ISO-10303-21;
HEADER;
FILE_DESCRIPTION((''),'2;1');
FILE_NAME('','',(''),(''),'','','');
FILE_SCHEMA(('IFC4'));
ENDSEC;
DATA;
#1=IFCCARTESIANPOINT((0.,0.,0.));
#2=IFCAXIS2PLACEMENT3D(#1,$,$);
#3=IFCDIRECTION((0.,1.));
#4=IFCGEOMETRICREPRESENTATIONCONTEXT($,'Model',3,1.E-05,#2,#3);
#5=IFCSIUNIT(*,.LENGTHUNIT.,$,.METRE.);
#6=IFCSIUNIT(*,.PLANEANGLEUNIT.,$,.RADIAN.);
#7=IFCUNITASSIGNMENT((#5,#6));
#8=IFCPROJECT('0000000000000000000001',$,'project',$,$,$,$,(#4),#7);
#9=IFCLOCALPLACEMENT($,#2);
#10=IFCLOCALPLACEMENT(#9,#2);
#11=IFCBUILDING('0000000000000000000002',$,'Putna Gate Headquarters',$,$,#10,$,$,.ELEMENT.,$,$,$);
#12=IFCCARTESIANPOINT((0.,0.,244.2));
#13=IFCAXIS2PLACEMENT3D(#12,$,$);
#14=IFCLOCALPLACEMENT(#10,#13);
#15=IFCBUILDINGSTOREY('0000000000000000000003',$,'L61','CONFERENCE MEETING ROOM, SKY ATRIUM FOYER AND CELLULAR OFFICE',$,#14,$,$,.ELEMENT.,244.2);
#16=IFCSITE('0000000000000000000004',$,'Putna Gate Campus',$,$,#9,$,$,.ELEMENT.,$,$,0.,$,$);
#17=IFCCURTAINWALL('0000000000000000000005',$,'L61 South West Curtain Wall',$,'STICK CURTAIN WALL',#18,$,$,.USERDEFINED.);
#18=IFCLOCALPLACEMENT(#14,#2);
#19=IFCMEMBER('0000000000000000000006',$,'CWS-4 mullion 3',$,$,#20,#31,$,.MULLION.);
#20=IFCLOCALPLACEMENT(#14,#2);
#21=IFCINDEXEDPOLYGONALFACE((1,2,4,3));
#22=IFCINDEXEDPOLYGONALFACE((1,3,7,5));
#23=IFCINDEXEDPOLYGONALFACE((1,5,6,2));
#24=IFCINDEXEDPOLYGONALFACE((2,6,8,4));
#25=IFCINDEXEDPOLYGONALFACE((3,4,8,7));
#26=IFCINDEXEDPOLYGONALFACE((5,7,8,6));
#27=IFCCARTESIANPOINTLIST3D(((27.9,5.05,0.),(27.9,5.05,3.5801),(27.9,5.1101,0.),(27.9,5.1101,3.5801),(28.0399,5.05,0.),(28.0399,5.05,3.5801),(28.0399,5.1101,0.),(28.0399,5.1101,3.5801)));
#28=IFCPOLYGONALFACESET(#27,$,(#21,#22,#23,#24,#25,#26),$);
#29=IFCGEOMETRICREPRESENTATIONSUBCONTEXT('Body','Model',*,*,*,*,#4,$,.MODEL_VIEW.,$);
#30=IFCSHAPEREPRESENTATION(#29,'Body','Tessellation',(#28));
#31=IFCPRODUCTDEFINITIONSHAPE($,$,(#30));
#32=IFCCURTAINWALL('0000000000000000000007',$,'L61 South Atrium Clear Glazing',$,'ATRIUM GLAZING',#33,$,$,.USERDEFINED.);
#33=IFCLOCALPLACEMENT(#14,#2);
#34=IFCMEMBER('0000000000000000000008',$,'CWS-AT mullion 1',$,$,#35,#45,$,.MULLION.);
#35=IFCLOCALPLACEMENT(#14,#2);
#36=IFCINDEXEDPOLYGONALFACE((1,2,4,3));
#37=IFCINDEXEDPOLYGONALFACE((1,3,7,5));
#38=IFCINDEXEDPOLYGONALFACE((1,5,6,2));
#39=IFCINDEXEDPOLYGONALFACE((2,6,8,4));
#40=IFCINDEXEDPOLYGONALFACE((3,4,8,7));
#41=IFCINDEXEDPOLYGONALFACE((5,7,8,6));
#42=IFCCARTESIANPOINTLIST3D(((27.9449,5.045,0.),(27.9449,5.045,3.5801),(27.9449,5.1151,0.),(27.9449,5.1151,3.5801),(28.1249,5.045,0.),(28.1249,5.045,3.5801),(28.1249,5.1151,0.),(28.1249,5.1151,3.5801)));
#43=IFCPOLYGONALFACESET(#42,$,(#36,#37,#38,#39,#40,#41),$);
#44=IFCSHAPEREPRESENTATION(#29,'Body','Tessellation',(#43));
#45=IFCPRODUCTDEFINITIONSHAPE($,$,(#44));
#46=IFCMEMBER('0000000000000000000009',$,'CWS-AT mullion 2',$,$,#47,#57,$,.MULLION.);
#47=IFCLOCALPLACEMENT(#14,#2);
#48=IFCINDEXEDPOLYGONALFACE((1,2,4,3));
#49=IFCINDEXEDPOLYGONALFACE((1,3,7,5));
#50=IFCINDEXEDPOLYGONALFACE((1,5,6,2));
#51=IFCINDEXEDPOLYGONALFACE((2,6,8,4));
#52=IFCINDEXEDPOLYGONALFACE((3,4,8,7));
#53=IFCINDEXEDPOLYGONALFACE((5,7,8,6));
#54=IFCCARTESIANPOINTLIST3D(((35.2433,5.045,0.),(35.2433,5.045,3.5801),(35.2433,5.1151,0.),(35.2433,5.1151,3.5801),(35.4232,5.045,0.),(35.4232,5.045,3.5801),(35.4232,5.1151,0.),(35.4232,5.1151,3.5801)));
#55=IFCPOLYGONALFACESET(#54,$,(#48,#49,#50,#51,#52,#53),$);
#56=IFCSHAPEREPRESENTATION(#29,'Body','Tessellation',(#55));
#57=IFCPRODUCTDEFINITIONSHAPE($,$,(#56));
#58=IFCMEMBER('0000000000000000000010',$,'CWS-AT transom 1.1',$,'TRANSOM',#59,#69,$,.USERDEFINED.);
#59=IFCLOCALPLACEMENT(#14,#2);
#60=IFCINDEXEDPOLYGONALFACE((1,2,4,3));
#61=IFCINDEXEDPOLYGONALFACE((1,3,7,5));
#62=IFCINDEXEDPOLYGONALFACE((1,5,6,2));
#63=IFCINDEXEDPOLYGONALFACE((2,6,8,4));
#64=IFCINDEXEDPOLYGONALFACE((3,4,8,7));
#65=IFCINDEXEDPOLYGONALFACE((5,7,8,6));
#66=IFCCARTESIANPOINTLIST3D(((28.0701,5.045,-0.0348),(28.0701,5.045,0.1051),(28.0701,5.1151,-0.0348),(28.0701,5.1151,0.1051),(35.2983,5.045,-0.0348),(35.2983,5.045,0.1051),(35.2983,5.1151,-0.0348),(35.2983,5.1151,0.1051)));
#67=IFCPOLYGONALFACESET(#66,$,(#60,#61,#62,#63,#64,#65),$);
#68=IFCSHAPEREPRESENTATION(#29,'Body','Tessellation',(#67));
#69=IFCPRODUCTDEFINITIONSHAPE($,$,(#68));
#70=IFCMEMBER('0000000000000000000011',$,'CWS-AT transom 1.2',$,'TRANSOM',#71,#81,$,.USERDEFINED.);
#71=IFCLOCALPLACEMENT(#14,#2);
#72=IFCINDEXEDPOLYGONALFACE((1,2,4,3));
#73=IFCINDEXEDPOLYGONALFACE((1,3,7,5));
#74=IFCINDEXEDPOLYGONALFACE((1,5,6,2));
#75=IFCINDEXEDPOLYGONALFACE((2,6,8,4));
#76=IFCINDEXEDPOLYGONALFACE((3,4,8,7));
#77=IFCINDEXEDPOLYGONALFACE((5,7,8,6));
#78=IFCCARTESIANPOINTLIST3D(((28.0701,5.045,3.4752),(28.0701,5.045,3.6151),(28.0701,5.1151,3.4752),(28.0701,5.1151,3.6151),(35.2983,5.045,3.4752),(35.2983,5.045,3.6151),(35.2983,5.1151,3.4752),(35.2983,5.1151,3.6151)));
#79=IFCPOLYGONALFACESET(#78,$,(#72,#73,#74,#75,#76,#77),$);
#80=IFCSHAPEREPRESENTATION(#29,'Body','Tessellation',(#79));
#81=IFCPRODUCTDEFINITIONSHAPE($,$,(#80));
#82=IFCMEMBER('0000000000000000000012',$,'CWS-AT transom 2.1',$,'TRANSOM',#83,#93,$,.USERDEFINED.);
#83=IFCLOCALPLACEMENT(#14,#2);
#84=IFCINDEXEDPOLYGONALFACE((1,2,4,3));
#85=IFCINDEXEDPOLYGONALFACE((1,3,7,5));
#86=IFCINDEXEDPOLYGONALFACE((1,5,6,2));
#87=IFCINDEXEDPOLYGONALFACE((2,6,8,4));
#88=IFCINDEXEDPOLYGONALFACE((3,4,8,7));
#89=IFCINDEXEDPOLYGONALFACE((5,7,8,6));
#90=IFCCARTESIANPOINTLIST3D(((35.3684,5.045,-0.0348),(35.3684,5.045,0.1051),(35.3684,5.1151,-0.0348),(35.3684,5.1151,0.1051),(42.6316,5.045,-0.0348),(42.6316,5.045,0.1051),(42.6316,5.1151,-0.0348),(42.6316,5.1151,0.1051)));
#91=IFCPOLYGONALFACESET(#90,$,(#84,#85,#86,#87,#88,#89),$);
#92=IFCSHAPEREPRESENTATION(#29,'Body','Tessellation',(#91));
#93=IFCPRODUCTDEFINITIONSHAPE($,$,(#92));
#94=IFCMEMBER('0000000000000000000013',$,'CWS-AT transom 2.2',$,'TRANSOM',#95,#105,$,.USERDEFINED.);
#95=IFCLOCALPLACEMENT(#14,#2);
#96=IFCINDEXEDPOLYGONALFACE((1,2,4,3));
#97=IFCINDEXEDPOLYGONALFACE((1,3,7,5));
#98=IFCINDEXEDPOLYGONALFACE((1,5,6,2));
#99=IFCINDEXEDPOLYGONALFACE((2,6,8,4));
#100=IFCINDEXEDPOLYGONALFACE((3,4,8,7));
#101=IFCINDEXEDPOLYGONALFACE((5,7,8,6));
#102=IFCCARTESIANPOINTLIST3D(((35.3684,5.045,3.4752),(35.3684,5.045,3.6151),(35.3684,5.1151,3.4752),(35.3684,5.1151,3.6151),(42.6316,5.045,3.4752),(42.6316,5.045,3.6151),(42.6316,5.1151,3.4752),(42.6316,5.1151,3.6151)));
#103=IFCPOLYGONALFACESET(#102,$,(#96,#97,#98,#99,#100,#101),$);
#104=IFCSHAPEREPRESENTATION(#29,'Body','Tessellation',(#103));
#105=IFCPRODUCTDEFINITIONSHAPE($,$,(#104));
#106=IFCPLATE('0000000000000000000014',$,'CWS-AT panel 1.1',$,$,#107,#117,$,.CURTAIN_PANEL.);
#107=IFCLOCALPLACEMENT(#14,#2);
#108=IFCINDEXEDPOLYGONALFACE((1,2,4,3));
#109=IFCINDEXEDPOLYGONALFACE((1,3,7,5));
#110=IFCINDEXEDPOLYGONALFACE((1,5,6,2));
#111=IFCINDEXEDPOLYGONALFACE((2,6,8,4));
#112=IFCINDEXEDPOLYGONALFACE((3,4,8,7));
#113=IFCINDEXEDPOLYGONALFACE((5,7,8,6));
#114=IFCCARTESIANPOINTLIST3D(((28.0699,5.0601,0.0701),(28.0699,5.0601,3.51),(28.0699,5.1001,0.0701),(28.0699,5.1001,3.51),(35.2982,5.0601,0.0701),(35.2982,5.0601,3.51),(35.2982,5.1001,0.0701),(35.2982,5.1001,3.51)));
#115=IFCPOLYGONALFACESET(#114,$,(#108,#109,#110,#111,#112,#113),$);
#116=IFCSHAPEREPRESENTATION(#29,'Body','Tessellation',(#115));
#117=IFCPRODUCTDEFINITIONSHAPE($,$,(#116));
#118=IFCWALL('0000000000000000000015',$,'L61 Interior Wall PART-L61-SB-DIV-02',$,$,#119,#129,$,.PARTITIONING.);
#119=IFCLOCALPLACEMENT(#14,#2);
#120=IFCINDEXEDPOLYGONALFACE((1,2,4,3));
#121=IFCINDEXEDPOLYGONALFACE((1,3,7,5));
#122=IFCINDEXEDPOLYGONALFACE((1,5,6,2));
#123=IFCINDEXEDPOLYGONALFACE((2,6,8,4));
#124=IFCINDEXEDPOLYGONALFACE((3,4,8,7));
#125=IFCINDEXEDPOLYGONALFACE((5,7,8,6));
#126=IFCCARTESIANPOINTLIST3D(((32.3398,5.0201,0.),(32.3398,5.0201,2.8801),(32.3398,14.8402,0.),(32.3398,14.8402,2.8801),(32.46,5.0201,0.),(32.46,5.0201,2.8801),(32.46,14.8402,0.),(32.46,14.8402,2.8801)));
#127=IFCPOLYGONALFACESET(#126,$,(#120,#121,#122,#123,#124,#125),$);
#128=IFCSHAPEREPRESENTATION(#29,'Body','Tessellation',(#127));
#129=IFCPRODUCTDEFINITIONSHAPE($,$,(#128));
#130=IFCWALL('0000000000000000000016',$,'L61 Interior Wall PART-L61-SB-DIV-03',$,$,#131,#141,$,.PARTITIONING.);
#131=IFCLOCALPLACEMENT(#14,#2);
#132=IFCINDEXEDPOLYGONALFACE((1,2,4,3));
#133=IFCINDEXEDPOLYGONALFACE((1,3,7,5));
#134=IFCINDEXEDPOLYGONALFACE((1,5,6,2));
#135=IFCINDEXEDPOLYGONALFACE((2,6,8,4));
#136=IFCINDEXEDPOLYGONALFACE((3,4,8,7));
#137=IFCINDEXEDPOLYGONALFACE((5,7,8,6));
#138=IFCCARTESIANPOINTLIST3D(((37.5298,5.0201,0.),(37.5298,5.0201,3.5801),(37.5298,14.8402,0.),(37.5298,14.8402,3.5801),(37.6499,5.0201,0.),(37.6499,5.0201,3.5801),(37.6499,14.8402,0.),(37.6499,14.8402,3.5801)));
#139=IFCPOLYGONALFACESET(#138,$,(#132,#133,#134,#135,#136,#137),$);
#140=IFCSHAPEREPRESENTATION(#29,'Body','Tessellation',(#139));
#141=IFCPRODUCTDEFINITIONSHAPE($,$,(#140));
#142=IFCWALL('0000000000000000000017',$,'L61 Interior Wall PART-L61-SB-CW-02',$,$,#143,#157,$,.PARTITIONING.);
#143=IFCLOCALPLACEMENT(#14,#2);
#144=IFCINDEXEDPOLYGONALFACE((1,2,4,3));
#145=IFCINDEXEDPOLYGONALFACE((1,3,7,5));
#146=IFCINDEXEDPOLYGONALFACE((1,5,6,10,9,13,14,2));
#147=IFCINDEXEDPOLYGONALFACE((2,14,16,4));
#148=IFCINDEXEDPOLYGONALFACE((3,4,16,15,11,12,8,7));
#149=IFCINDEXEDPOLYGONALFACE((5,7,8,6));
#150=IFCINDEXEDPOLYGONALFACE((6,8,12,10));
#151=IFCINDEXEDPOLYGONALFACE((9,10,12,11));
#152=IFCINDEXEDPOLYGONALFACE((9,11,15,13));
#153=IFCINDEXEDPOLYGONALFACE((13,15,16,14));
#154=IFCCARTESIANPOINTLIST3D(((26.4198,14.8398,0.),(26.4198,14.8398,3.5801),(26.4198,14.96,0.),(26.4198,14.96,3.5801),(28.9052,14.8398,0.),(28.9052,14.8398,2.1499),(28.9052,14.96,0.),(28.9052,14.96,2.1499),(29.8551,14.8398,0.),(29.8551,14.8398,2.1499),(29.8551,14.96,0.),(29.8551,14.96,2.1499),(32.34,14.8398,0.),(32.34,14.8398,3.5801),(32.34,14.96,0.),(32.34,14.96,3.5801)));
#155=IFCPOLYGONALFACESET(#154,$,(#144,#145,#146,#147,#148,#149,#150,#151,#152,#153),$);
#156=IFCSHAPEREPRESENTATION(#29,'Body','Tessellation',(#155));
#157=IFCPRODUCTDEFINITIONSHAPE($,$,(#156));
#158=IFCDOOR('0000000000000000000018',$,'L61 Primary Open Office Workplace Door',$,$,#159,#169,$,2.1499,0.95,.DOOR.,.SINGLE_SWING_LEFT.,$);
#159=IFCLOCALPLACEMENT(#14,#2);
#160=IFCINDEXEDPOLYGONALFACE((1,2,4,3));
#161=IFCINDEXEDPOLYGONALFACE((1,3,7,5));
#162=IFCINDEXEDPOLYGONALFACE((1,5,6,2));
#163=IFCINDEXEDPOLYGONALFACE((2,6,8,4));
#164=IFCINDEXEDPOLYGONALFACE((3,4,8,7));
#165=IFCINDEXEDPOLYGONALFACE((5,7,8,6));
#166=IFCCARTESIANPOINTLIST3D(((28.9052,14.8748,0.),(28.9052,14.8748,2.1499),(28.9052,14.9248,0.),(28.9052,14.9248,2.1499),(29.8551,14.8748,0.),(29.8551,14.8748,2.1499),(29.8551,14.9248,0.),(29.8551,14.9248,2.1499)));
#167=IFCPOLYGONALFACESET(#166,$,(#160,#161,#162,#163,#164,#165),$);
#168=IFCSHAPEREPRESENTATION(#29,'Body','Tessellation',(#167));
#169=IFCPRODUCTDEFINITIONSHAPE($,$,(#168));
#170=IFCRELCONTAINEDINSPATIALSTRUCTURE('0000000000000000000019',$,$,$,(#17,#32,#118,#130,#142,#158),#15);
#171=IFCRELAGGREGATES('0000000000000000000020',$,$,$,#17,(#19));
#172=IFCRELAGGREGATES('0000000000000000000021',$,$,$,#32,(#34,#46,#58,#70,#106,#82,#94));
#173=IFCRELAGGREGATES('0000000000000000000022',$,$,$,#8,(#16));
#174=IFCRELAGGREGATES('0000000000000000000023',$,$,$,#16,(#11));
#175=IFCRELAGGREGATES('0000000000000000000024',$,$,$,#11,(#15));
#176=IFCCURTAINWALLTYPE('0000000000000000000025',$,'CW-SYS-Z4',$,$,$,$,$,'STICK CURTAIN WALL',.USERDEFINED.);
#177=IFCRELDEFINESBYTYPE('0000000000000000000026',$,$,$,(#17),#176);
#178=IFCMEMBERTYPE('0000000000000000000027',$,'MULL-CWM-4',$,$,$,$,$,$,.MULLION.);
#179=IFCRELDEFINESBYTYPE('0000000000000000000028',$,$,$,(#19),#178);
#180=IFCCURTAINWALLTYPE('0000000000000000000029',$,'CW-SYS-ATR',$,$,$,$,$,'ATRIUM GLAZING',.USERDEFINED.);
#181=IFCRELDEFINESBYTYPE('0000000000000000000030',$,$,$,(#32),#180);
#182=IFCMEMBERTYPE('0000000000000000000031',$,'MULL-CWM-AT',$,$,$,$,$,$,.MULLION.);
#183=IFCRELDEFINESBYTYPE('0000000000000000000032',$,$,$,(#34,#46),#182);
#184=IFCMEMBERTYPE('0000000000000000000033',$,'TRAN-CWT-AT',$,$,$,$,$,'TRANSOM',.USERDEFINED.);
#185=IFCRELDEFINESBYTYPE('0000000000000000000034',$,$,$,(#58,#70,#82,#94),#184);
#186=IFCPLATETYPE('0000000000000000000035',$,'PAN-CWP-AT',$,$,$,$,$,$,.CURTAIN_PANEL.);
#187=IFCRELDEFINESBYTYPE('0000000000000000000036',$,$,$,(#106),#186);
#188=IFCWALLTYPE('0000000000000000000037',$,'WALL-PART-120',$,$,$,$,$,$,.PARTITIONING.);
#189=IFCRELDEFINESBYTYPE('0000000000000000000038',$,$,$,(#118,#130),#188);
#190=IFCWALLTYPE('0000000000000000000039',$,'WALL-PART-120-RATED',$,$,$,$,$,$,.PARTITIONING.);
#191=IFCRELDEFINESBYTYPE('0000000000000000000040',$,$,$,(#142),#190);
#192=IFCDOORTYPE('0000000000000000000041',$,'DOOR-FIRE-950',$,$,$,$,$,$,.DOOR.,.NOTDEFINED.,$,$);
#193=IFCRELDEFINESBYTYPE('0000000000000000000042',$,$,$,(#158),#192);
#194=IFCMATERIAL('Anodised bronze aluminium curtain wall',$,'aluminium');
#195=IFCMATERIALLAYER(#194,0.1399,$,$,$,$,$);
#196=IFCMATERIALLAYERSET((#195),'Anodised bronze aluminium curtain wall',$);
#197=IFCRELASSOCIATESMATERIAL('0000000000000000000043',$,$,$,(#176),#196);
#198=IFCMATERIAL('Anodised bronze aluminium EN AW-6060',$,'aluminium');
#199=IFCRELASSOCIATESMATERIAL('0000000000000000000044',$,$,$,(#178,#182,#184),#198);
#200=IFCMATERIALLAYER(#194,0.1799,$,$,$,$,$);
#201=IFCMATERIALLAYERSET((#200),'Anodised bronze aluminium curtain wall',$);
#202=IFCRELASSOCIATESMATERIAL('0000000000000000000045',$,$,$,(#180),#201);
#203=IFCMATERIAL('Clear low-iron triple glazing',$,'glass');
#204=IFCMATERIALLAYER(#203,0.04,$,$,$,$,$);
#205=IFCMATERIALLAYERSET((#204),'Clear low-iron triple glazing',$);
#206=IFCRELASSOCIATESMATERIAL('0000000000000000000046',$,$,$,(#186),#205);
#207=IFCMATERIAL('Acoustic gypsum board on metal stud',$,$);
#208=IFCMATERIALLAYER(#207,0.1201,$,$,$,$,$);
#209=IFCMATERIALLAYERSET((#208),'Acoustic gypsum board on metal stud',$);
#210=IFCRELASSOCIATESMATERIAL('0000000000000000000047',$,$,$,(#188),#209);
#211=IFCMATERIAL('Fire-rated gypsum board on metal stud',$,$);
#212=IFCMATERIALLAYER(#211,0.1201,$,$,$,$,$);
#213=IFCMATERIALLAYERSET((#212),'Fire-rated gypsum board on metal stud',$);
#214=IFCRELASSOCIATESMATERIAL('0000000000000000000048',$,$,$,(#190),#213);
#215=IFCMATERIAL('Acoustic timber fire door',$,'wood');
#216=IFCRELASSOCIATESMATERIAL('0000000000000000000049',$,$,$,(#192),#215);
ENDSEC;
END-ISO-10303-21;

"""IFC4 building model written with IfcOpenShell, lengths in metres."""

from ifc_helpers import new_model, si_unit, direction, frame, frame_2d, origin, origin_2d, place, context, subcontext, project, spatial, rectangle, extrude, material, layer, layer_set, material_profile, profile_set, type_object, element, fill, aggregate, save


model = new_model("IFC4")

# Units and contexts
model_context = context("Model", 3, precision=1e-05, world=origin(), true_north=direction((0.0, 1.0)))
body_context = subcontext(model_context, "Body", "Model", "MODEL_VIEW")
ifc_project = project(units=[si_unit("LENGTHUNIT", "METRE"), si_unit("PLANEANGLEUNIT", "RADIAN")], contexts=[model_context])

# Site, building, storey
site_placement = place(None, origin())
site = spatial("IfcSite", under=ifc_project, at=site_placement, Name="Putna Gate Campus", CompositionType="ELEMENT", RefElevation=0.0)
building_placement = place(site_placement, origin())
building = spatial("IfcBuilding", under=site, at=building_placement, Name="Putna Gate Headquarters", CompositionType="ELEMENT")
storey_placement = place(building_placement, frame((0.0, 0.0, 244.2)))
storey = spatial("IfcBuildingStorey", under=building, at=storey_placement, Name="L61", Description="CONFERENCE MEETING ROOM, SKY ATRIUM FOYER AND CELLULAR OFFICE", CompositionType="ELEMENT", Elevation=244.2)

# Curtain wall, member
ifc_material_1 = material(Name="Anodised bronze aluminium curtain wall", Category="aluminium")
ifc_layer_1 = layer(ifc_material_1, 0.1399)
ifc_layer_set_1 = layer_set([ifc_layer_1], Name="Anodised bronze aluminium curtain wall")
curtain_wall_type_1 = type_object("IfcCurtainWallType", Name="CW-SYS-Z4", ElementType="STICK CURTAIN WALL", PredefinedType="USERDEFINED", material=ifc_layer_set_1)
curtain_wall_1_placement = place(storey_placement, origin())
curtain_wall_1 = element("IfcCurtainWall", 1, at=curtain_wall_1_placement, inside=storey, type_object=curtain_wall_type_1, Name="L61 South West Curtain Wall", ObjectType="STICK CURTAIN WALL", PredefinedType="USERDEFINED")
ifc_material_2 = material(Name="Anodised bronze aluminium EN AW-6060", Category="aluminium")
ifc_material_profile_1 = material_profile(ifc_material_2, rectangle(XDim=0.0601, YDim=0.1399, at=origin_2d()), Name="Anodised bronze aluminium EN AW-6060")
ifc_profile_set_1 = profile_set([ifc_material_profile_1], Name="Anodised bronze aluminium EN AW-6060")
member_type_1 = type_object("IfcMemberType", Name="MULL-CWM-4", PredefinedType="MULLION", material=ifc_profile_set_1)
member_1_placement = place(storey_placement, frame((27.97, 5.0801, 0.0), z_axis=(0.0, 0.0, 1.0), x_axis=(0.0, 1.0, 0.0)))
member_1 = element("IfcMember", 2, at=member_1_placement, type_object=member_type_1, Name="CWS-4 mullion 3", PredefinedType="MULLION", context=body_context, shape_type="SweptSolid", body=[
    extrude(rectangle(XDim=0.0601, YDim=0.1399, at=origin_2d()), origin(), (0.0, 0.0, 1.0), 3.5801),
])
aggregate(curtain_wall_1, [member_1])

# Curtain wall, members, plate
ifc_layer_2 = layer(ifc_material_1, 0.1799)
ifc_layer_set_2 = layer_set([ifc_layer_2], Name="Anodised bronze aluminium curtain wall")
curtain_wall_type_2 = type_object("IfcCurtainWallType", Name="CW-SYS-ATR", ElementType="ATRIUM GLAZING", PredefinedType="USERDEFINED", material=ifc_layer_set_2)
curtain_wall_2_placement = place(storey_placement, origin())
curtain_wall_2 = element("IfcCurtainWall", 3, at=curtain_wall_2_placement, inside=storey, type_object=curtain_wall_type_2, Name="L61 South Atrium Clear Glazing", ObjectType="ATRIUM GLAZING", PredefinedType="USERDEFINED")
ifc_material_profile_2 = material_profile(ifc_material_2, rectangle(XDim=0.0701, YDim=0.1799, at=origin_2d()), Name="Anodised bronze aluminium EN AW-6060")
ifc_profile_set_2 = profile_set([ifc_material_profile_2], Name="Anodised bronze aluminium EN AW-6060")
member_type_2 = type_object("IfcMemberType", Name="MULL-CWM-AT", PredefinedType="MULLION", material=ifc_profile_set_2)
member_2_placement = place(storey_placement, frame((28.0349, 5.0801, 0.0), z_axis=(0.0, 0.0, 1.0), x_axis=(0.0, 1.0, 0.0)))
member_2 = element("IfcMember", 4, at=member_2_placement, type_object=member_type_2, Name="CWS-AT mullion 1", PredefinedType="MULLION", context=body_context, shape_type="SweptSolid", body=[
    extrude(rectangle(XDim=0.0701, YDim=0.1799, at=origin_2d()), origin(), (0.0, 0.0, 1.0), 3.5801),
])
member_3_placement = place(storey_placement, frame((35.3333, 5.0801, 0.0), z_axis=(0.0, 0.0, 1.0), x_axis=(0.0, 1.0, 0.0)))
member_3 = element("IfcMember", 5, at=member_3_placement, type_object=member_type_2, Name="CWS-AT mullion 2", PredefinedType="MULLION", context=body_context, shape_type="SweptSolid", body=[
    extrude(rectangle(XDim=0.0701, YDim=0.1799, at=origin_2d()), origin(), (0.0, 0.0, 1.0), 3.5801),
])
ifc_material_profile_3 = material_profile(ifc_material_2, rectangle(XDim=0.0701, YDim=0.1399, at=origin_2d()), Name="Anodised bronze aluminium EN AW-6060")
ifc_profile_set_3 = profile_set([ifc_material_profile_3], Name="Anodised bronze aluminium EN AW-6060")
member_type_3 = type_object("IfcMemberType", Name="TRAN-CWT-AT", ElementType="TRANSOM", PredefinedType="USERDEFINED", material=ifc_profile_set_3)
member_4_placement = place(storey_placement, frame((28.0701, 5.0801, 0.0352), z_axis=(1.0, 0.0, 0.0), x_axis=(0.0, 1.0, 0.0)))
member_4 = element("IfcMember", 6, at=member_4_placement, type_object=member_type_3, Name="CWS-AT transom 1.1", ObjectType="TRANSOM", PredefinedType="USERDEFINED", context=body_context, shape_type="SweptSolid", body=[
    extrude(rectangle(XDim=0.0701, YDim=0.1399, at=origin_2d()), origin(), (0.0, 0.0, 1.0), 7.2283),
])
member_5_placement = place(storey_placement, frame((28.0701, 5.0801, 3.5452), z_axis=(1.0, 0.0, 0.0), x_axis=(0.0, 1.0, 0.0)))
member_5 = element("IfcMember", 7, at=member_5_placement, type_object=member_type_3, Name="CWS-AT transom 1.2", ObjectType="TRANSOM", PredefinedType="USERDEFINED", context=body_context, shape_type="SweptSolid", body=[
    extrude(rectangle(XDim=0.0701, YDim=0.1399, at=origin_2d()), origin(), (0.0, 0.0, 1.0), 7.2283),
])
member_6_placement = place(storey_placement, frame((35.3684, 5.0801, 0.0352), z_axis=(1.0, 0.0, 0.0), x_axis=(0.0, 1.0, 0.0)))
member_6 = element("IfcMember", 8, at=member_6_placement, type_object=member_type_3, Name="CWS-AT transom 2.1", ObjectType="TRANSOM", PredefinedType="USERDEFINED", context=body_context, shape_type="SweptSolid", body=[
    extrude(rectangle(XDim=0.0701, YDim=0.1399, at=origin_2d()), origin(), (0.0, 0.0, 1.0), 7.2632),
])
member_7_placement = place(storey_placement, frame((35.3684, 5.0801, 3.5452), z_axis=(1.0, 0.0, 0.0), x_axis=(0.0, 1.0, 0.0)))
member_7 = element("IfcMember", 9, at=member_7_placement, type_object=member_type_3, Name="CWS-AT transom 2.2", ObjectType="TRANSOM", PredefinedType="USERDEFINED", context=body_context, shape_type="SweptSolid", body=[
    extrude(rectangle(XDim=0.0701, YDim=0.1399, at=origin_2d()), origin(), (0.0, 0.0, 1.0), 7.2632),
])
ifc_material_3 = material(Name="Clear low-iron triple glazing", Category="glass")
ifc_layer_3 = layer(ifc_material_3, 0.04)
ifc_layer_set_3 = layer_set([ifc_layer_3], Name="Clear low-iron triple glazing")
plate_type = type_object("IfcPlateType", Name="PAN-CWP-AT", PredefinedType="CURTAIN_PANEL", material=ifc_layer_set_3)
plate_placement = place(storey_placement, frame((31.6841, 5.0801, 0.0701), z_axis=(0.0, 0.0, 1.0), x_axis=(1.0, 0.0, 0.0)))
plate = element("IfcPlate", 10, at=plate_placement, type_object=plate_type, Name="CWS-AT panel 1.1", PredefinedType="CURTAIN_PANEL", context=body_context, shape_type="SweptSolid", body=[
    extrude(rectangle(XDim=7.2283, YDim=0.04, at=origin_2d()), origin(), (0.0, 0.0, 1.0), 3.4399),
])
aggregate(curtain_wall_2, [member_2, member_3, member_4, member_5, plate, member_6, member_7])

# Walls
ifc_material_4 = material(Name="Acoustic gypsum board on metal stud")
ifc_layer_4 = layer(ifc_material_4, 0.1201)
ifc_layer_set_4 = layer_set([ifc_layer_4], Name="Acoustic gypsum board on metal stud")
wall_type_1 = type_object("IfcWallType", Name="WALL-PART-120", PredefinedType="PARTITIONING", material=ifc_layer_set_4)
wall_1_placement = place(storey_placement, frame((32.3999, 5.02, 0.0), z_axis=(0.0, 0.0, 1.0), x_axis=(0.0, 1.0, 0.0)))
element("IfcWall", 11, at=wall_1_placement, inside=storey, type_object=wall_type_1, Name="L61 Interior Wall PART-L61-SB-DIV-02", PredefinedType="PARTITIONING", context=body_context, shape_type="SweptSolid", body=[
    extrude(rectangle(XDim=9.8201, YDim=0.1201, at=frame_2d((4.9102, 0.0))), origin(), (0.0, 0.0, 1.0), 2.8801),
])
wall_2_placement = place(storey_placement, frame((37.5898, 5.02, 0.0), z_axis=(0.0, 0.0, 1.0), x_axis=(0.0, 1.0, 0.0)))
element("IfcWall", 12, at=wall_2_placement, inside=storey, type_object=wall_type_1, Name="L61 Interior Wall PART-L61-SB-DIV-03", PredefinedType="PARTITIONING", context=body_context, shape_type="SweptSolid", body=[
    extrude(rectangle(XDim=9.8201, YDim=0.1201, at=frame_2d((4.9102, 0.0))), origin(), (0.0, 0.0, 1.0), 3.5801),
])

# Wall, opening, door
ifc_material_5 = material(Name="Fire-rated gypsum board on metal stud")
ifc_layer_5 = layer(ifc_material_5, 0.1201)
ifc_layer_set_5 = layer_set([ifc_layer_5], Name="Fire-rated gypsum board on metal stud")
wall_type_2 = type_object("IfcWallType", Name="WALL-PART-120-RATED", PredefinedType="PARTITIONING", material=ifc_layer_set_5)
wall_3_placement = place(storey_placement, frame((26.4199, 14.8999, 0.0), z_axis=(0.0, 0.0, 1.0), x_axis=(1.0, 0.0, 0.0)))
wall_3 = element("IfcWall", 13, at=wall_3_placement, inside=storey, type_object=wall_type_2, Name="L61 Interior Wall PART-L61-SB-CW-02", PredefinedType="PARTITIONING", context=body_context, shape_type="SweptSolid", body=[
    extrude(rectangle(XDim=5.9202, YDim=0.1201, at=frame_2d((2.96, 0.0))), origin(), (0.0, 0.0, 1.0), 3.5801),
])
opening_1_placement = place(wall_3_placement, frame((2.4851, 0.0, 0.0)))
opening_1 = element("IfcOpeningElement", 14, at=opening_1_placement, cuts=wall_3, PredefinedType="OPENING", context=body_context, shape_type="SweptSolid", body=[
    extrude(rectangle(XDim=0.95, YDim=2.1499, at=frame_2d((0.4751, 1.075))), frame((0.0, 0.0701, 0.0), z_axis=(0.0, -1.0, 0.0), x_axis=(1.0, 0.0, 0.0)), (0.0, 0.0, 1.0), 0.1401),
])
ifc_material_6 = material(Name="Acoustic timber fire door", Category="wood")
door_type = type_object("IfcDoorType", Name="DOOR-FIRE-950", OperationType="NOTDEFINED", PredefinedType="DOOR", material=ifc_material_6)
door_1_placement = place(opening_1_placement, origin())
door_1 = element("IfcDoor", 15, at=door_1_placement, inside=storey, type_object=door_type, Name="L61 Primary Open Office Workplace Door", OperationType="SINGLE_SWING_LEFT", OverallHeight=2.1499, OverallWidth=0.95, PredefinedType="DOOR", context=body_context, shape_type="SweptSolid", body=[
    extrude(rectangle(XDim=0.95, YDim=2.1499, at=frame_2d((0.4751, 1.075))), frame((0.0, 0.0249, 0.0), z_axis=(0.0, -1.0, 0.0), x_axis=(1.0, 0.0, 0.0)), (0.0, 0.0, 1.0), 0.05),
])
fill(opening_1, door_1)

save(model, "model.ifc")
